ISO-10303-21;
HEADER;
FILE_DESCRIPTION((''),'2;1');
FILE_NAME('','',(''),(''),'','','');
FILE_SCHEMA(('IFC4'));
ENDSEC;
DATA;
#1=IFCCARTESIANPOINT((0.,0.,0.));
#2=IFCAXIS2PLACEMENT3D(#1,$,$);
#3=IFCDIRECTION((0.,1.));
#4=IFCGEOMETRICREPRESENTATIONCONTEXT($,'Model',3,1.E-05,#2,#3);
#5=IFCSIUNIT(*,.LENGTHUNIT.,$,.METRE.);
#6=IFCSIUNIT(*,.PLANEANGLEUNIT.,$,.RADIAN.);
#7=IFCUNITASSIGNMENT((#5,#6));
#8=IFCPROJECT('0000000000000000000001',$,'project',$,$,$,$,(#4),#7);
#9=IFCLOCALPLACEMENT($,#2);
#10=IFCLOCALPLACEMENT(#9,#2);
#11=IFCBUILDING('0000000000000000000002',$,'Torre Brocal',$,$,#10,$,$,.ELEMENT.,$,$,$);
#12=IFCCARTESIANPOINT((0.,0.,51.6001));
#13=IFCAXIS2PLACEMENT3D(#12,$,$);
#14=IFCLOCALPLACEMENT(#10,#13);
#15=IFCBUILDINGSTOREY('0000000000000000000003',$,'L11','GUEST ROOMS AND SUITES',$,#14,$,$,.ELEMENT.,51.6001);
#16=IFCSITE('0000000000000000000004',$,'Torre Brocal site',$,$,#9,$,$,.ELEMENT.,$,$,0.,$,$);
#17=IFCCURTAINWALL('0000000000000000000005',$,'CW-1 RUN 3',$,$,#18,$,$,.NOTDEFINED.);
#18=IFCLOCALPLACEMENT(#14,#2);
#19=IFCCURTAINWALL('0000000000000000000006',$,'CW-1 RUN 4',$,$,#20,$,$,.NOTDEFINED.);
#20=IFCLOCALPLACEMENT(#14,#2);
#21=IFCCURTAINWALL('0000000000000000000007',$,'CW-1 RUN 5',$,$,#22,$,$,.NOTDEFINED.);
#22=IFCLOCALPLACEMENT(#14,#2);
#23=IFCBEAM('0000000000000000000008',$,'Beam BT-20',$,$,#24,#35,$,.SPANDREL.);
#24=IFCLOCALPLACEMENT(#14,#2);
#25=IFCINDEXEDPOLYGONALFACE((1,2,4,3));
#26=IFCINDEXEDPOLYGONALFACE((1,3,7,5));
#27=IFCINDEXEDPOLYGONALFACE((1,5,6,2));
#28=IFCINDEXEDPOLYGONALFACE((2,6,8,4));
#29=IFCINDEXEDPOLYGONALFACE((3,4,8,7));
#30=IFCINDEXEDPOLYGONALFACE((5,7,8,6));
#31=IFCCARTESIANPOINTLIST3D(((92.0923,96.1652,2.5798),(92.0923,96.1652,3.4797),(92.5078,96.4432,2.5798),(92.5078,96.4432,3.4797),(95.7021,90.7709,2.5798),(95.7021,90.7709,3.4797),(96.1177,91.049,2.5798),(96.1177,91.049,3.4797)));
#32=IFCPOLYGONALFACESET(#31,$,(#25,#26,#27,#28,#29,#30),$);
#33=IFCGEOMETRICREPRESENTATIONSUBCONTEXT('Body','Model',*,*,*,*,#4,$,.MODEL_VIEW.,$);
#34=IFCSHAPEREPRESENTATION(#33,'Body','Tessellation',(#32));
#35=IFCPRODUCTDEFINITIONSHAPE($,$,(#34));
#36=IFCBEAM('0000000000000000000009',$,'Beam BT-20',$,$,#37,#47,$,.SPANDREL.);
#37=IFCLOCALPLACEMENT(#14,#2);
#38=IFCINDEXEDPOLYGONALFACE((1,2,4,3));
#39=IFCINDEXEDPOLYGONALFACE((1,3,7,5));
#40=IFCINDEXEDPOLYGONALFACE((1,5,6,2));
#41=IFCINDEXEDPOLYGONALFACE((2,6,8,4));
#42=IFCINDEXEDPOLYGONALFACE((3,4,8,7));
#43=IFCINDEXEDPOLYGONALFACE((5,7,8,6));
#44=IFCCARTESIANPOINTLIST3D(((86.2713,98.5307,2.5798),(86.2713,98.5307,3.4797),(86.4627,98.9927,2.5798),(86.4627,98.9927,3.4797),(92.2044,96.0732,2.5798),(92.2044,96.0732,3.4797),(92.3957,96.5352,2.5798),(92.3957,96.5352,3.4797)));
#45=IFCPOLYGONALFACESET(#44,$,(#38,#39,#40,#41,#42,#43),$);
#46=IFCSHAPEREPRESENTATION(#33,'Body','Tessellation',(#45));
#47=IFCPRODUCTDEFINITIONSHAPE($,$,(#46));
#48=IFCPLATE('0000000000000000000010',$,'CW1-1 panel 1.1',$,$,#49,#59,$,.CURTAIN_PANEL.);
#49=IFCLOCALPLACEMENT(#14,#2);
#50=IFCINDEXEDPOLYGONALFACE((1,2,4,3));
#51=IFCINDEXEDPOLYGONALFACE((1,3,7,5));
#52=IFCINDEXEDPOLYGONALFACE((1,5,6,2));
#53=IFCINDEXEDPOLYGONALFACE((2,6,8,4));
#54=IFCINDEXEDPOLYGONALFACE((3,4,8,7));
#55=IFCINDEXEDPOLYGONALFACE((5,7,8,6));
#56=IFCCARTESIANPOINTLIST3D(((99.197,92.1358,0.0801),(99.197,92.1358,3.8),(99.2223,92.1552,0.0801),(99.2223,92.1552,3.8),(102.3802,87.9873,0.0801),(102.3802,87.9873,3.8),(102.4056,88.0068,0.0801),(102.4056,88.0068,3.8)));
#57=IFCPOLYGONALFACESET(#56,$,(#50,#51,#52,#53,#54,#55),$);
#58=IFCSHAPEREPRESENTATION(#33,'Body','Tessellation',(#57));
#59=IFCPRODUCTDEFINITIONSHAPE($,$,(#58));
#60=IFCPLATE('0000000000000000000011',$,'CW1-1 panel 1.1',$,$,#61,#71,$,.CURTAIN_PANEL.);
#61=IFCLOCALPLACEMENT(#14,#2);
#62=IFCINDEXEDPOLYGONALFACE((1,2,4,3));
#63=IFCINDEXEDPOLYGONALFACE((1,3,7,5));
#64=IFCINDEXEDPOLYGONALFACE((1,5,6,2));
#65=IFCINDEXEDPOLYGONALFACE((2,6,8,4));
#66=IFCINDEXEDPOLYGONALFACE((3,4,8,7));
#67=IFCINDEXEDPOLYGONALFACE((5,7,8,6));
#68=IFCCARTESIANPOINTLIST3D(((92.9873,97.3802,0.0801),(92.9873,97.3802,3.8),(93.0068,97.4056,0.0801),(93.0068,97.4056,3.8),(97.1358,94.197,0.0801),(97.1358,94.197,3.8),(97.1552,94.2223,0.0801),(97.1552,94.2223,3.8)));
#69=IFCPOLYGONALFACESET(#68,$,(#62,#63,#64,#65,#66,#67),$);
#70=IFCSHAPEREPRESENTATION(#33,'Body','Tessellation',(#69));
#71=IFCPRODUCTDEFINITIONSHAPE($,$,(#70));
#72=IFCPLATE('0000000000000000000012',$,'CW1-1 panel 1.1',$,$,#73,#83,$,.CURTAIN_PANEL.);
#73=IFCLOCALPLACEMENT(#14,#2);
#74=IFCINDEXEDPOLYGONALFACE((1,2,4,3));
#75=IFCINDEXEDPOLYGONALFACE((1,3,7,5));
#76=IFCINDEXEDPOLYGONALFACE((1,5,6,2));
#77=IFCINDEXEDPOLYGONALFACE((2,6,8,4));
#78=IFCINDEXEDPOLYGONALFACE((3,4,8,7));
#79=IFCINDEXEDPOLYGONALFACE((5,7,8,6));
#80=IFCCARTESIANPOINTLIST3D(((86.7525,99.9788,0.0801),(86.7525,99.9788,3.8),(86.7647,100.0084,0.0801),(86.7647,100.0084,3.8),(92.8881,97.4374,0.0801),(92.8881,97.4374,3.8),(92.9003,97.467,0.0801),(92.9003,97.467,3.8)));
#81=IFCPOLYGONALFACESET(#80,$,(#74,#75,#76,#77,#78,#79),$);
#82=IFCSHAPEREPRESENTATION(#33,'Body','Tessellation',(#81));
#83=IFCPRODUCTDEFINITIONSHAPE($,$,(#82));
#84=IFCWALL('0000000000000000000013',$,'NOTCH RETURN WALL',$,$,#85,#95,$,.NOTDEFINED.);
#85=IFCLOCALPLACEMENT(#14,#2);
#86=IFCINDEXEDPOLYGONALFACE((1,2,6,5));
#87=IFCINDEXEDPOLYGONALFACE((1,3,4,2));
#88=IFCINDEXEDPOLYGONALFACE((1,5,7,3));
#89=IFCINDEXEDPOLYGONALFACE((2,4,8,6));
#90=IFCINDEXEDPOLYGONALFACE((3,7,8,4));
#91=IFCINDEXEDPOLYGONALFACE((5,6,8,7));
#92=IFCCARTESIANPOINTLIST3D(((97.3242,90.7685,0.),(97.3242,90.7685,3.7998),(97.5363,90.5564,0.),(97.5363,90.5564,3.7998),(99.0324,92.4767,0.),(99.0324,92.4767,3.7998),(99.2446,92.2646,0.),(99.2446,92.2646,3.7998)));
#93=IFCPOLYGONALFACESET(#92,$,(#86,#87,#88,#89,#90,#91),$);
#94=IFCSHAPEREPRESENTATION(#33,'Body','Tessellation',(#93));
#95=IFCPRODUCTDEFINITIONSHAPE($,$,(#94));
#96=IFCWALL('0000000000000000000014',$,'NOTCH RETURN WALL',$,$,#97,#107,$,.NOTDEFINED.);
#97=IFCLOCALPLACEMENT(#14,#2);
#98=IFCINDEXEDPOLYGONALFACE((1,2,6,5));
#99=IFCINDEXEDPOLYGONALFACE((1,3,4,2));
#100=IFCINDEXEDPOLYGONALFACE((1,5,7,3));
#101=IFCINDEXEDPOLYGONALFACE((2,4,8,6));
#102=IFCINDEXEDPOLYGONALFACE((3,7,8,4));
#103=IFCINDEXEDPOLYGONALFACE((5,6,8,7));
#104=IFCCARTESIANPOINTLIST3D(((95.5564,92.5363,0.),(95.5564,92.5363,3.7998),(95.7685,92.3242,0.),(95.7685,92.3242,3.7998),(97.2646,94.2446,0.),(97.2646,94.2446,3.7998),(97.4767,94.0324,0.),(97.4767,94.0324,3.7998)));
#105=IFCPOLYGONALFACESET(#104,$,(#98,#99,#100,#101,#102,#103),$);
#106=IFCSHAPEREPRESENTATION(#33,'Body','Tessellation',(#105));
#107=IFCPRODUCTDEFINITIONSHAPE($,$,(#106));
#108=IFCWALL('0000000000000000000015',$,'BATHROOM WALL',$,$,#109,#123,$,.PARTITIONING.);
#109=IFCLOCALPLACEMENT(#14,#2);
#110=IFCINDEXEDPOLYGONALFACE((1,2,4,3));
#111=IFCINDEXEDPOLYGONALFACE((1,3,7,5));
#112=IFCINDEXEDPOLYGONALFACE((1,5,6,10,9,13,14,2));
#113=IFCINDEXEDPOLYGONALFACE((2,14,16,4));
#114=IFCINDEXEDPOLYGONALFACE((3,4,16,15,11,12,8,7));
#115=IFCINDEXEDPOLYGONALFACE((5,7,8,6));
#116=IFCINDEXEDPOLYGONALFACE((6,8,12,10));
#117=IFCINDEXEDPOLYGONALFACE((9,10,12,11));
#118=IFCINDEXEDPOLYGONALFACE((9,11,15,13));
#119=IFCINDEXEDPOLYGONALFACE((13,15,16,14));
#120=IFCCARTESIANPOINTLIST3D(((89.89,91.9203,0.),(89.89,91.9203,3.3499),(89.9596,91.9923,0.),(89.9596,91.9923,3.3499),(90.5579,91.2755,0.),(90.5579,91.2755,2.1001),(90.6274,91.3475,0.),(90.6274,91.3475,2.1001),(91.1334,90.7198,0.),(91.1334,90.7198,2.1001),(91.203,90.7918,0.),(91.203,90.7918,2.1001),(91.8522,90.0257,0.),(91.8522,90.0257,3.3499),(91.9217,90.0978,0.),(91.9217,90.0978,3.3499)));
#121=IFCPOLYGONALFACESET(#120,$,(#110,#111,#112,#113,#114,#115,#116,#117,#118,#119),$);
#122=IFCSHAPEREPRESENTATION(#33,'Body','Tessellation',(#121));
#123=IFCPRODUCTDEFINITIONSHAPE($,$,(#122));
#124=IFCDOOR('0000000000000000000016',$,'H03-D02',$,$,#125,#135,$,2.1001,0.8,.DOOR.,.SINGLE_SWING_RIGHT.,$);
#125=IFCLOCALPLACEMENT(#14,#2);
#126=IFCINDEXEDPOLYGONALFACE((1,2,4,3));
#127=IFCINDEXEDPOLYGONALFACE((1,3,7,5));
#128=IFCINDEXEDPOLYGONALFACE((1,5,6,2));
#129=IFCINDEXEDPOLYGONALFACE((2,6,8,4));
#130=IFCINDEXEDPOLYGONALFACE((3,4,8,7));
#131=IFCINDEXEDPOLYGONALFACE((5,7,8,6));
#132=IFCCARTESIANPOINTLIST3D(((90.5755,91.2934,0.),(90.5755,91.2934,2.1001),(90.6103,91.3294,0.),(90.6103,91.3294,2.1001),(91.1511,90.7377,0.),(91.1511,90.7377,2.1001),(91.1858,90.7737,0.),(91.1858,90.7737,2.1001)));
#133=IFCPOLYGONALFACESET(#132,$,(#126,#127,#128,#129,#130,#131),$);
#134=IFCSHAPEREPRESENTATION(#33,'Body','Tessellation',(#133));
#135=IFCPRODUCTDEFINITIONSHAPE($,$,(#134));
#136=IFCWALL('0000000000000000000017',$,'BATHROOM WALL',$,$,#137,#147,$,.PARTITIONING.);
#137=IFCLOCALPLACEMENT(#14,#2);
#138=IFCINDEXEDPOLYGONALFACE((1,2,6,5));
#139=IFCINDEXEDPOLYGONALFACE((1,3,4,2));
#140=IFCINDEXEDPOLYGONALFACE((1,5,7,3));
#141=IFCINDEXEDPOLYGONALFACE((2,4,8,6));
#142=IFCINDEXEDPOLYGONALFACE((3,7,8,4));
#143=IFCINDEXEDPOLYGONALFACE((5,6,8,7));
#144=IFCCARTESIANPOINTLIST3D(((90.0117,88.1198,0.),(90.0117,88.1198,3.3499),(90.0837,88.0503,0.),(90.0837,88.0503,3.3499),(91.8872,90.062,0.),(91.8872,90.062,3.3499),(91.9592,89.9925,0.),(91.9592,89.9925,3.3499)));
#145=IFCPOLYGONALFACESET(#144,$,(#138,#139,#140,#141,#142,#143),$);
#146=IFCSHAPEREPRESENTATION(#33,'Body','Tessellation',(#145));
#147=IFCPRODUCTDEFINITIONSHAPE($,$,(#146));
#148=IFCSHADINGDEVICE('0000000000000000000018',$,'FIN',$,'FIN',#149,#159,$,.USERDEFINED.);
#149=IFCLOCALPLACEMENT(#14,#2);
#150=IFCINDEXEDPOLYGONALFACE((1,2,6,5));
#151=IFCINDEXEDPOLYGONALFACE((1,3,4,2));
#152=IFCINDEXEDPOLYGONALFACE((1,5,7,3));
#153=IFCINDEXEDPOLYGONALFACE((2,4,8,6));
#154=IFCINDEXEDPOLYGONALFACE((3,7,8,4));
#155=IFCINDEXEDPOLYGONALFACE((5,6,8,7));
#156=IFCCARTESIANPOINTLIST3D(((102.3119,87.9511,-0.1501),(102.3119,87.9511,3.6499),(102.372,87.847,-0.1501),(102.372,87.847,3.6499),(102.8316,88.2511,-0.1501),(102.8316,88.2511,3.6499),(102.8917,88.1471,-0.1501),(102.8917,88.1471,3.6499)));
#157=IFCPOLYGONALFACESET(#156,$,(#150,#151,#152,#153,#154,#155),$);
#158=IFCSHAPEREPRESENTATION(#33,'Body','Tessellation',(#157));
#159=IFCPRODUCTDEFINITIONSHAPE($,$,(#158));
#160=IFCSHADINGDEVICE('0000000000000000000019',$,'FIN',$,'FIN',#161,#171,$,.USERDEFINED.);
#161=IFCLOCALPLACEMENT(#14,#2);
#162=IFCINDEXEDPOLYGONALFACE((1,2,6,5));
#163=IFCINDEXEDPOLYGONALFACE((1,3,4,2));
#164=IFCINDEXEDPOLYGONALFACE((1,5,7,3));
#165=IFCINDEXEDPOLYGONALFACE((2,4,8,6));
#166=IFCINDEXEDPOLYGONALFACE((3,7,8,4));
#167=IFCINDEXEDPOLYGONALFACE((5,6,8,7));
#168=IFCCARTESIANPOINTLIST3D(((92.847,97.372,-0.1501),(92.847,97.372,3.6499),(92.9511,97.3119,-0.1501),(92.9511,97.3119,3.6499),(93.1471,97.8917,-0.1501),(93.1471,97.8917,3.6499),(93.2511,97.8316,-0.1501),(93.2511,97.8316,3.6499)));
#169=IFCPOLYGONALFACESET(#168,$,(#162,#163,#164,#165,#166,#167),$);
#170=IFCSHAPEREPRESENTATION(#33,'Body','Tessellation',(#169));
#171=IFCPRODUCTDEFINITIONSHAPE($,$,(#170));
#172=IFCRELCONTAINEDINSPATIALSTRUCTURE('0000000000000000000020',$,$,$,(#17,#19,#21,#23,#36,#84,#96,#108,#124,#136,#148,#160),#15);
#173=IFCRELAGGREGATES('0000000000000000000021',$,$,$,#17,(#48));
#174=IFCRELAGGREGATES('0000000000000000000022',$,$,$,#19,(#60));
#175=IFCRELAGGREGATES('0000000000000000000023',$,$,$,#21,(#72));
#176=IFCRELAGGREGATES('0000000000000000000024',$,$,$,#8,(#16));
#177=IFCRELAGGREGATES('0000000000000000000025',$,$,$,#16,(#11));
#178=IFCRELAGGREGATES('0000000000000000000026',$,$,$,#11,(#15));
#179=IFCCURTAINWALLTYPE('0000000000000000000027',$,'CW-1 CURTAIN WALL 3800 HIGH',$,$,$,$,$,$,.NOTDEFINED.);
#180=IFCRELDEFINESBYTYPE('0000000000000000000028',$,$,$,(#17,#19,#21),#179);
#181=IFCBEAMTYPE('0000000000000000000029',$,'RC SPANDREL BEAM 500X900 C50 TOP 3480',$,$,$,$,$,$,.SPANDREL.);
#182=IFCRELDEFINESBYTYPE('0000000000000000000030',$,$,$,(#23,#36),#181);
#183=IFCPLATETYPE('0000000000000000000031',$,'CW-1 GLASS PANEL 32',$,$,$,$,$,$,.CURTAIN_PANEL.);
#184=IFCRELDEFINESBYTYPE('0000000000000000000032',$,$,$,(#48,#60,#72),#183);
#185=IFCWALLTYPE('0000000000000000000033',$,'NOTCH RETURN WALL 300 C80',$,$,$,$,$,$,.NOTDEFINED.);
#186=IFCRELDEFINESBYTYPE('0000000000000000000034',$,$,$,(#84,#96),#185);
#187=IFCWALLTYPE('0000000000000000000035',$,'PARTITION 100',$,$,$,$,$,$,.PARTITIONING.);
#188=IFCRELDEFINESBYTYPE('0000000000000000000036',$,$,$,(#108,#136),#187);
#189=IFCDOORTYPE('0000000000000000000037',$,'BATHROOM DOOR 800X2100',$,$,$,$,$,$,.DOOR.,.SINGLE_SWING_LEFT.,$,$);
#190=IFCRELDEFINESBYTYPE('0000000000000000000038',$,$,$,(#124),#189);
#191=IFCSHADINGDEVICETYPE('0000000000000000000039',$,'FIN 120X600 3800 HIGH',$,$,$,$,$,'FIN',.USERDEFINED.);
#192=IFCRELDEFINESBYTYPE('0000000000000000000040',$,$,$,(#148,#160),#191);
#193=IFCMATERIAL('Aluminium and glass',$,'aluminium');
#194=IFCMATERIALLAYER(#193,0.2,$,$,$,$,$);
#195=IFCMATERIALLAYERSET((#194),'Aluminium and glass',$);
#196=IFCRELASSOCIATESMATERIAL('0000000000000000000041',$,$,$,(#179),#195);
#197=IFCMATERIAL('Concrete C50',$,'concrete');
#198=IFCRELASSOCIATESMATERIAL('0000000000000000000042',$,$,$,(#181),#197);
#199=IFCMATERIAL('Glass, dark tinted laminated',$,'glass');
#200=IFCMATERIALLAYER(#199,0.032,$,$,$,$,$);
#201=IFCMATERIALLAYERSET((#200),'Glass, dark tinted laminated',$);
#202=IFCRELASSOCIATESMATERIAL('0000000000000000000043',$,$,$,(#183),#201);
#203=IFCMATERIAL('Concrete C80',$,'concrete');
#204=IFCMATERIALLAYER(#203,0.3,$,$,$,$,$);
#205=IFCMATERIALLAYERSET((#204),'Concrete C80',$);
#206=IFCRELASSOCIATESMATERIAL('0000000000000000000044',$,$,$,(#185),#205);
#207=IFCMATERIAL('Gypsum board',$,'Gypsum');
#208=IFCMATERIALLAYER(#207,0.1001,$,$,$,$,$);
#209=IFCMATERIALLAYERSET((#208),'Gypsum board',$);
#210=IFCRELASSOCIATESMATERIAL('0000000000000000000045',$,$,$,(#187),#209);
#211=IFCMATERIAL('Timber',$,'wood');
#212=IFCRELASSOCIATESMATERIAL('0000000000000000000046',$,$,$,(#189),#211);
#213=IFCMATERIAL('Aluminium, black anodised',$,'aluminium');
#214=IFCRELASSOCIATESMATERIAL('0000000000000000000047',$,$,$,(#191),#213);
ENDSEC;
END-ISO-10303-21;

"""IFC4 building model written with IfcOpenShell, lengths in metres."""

from ifc_helpers import new_model, si_unit, direction, frame, frame_2d, origin, origin_2d, place, context, subcontext, project, spatial, rectangle, extrude, material, layer, layer_set, material_profile, profile_set, type_object, element, fill, aggregate, save


model = new_model("IFC4")

# Units and contexts
model_context = context("Model", 3, precision=1e-05, world=origin(), true_north=direction((0.0, 1.0)))
body_context = subcontext(model_context, "Body", "Model", "MODEL_VIEW")
ifc_project = project(units=[si_unit("LENGTHUNIT", "METRE"), si_unit("PLANEANGLEUNIT", "RADIAN")], contexts=[model_context])

# Site, building, storey
site_placement = place(None, origin())
site = spatial("IfcSite", under=ifc_project, at=site_placement, Name="Torre Brocal site", CompositionType="ELEMENT", RefElevation=0.0)
building_placement = place(site_placement, origin())
building = spatial("IfcBuilding", under=site, at=building_placement, Name="Torre Brocal", CompositionType="ELEMENT")
storey_placement = place(building_placement, frame((0.0, 0.0, 51.6001)))
storey = spatial("IfcBuildingStorey", under=building, at=storey_placement, Name="L11", Description="GUEST ROOMS AND SUITES", CompositionType="ELEMENT", Elevation=51.6001)

# Shared definitions
ifc_material_1 = material(Name="Aluminium and glass", Category="aluminium")
ifc_layer_1 = layer(ifc_material_1, 0.2)
ifc_layer_set_1 = layer_set([ifc_layer_1], Name="Aluminium and glass")
curtain_wall_type = type_object("IfcCurtainWallType", Name="CW-1 CURTAIN WALL 3800 HIGH", PredefinedType="NOTDEFINED", material=ifc_layer_set_1)

# Curtain walls
curtain_wall_1_placement = place(storey_placement, origin())
curtain_wall_1 = element("IfcCurtainWall", 1, at=curtain_wall_1_placement, inside=storey, type_object=curtain_wall_type, Name="CW-1 RUN 3", PredefinedType="NOTDEFINED")
curtain_wall_2_placement = place(storey_placement, origin())
curtain_wall_2 = element("IfcCurtainWall", 2, at=curtain_wall_2_placement, inside=storey, type_object=curtain_wall_type, Name="CW-1 RUN 4", PredefinedType="NOTDEFINED")

# Curtain wall
curtain_wall_3_placement = place(storey_placement, origin())
curtain_wall_3 = element("IfcCurtainWall", 3, at=curtain_wall_3_placement, inside=storey, type_object=curtain_wall_type, Name="CW-1 RUN 5", PredefinedType="NOTDEFINED")

# Beams
ifc_material_2 = material(Name="Concrete C50", Category="concrete")
ifc_material_profile_1 = material_profile(ifc_material_2, rectangle(XDim=0.5, YDim=0.8999, at=origin_2d()), Name="RC 500X900")
ifc_profile_set_1 = profile_set([ifc_material_profile_1], Name="Concrete C50")
beam_type_1 = type_object("IfcBeamType", Name="RC SPANDREL BEAM 500X900 C50 TOP 3480", PredefinedType="SPANDREL", material=ifc_profile_set_1)
beam_1_placement = place(storey_placement, frame((95.9099, 90.9099, 3.0298), z_axis=(-0.556158, 0.831077, 0.0), x_axis=(-0.831077, -0.556158, 0.0)))
element("IfcBeam", 4, at=beam_1_placement, inside=storey, type_object=beam_type_1, Name="Beam BT-20", PredefinedType="SPANDREL", context=body_context, shape_type="SweptSolid", body=[
    extrude(rectangle(XDim=0.5, YDim=0.8999, at=origin_2d()), origin(), (0.0, 0.0, 1.0), 6.4907),
])
beam_2_placement = place(storey_placement, frame((92.3, 96.3042, 3.0298), z_axis=(-0.923882, 0.382676, 0.0), x_axis=(-0.382676, -0.923882, 0.0)))
element("IfcBeam", 5, at=beam_2_placement, inside=storey, type_object=beam_type_1, Name="Beam BT-20", PredefinedType="SPANDREL", context=body_context, shape_type="SweptSolid", body=[
    extrude(rectangle(XDim=0.5, YDim=0.8999, at=origin_2d()), origin(), (0.0, 0.0, 1.0), 6.4219),
])

# Plates
ifc_material_3 = material(Name="Glass, dark tinted laminated", Category="glass")
ifc_layer_2 = layer(ifc_material_3, 0.032)
ifc_layer_set_2 = layer_set([ifc_layer_2], Name="Glass, dark tinted laminated")
plate_type = type_object("IfcPlateType", Name="CW-1 GLASS PANEL 32", PredefinedType="CURTAIN_PANEL", material=ifc_layer_set_2)
plate_1_placement = place(storey_placement, frame((100.8013, 90.0713, 0.0801), z_axis=(0.0, 0.0, 1.0), x_axis=(-0.608761, 0.793353, 0.0)))
plate_1 = element("IfcPlate", 6, at=plate_1_placement, type_object=plate_type, Name="CW1-1 panel 1.1", PredefinedType="CURTAIN_PANEL", context=body_context, shape_type="SweptSolid", body=[
    extrude(rectangle(XDim=5.229, YDim=0.032, at=origin_2d()), origin(), (0.0, 0.0, 1.0), 3.72),
])
aggregate(curtain_wall_1, [plate_1])
plate_2_placement = place(storey_placement, frame((95.0713, 95.8013, 0.0801), z_axis=(0.0, 0.0, 1.0), x_axis=(-0.793353, 0.608761, 0.0)))
plate_2 = element("IfcPlate", 7, at=plate_2_placement, type_object=plate_type, Name="CW1-1 panel 1.1", PredefinedType="CURTAIN_PANEL", context=body_context, shape_type="SweptSolid", body=[
    extrude(rectangle(XDim=5.229, YDim=0.032, at=origin_2d()), origin(), (0.0, 0.0, 1.0), 3.72),
])
aggregate(curtain_wall_2, [plate_2])
plate_3_placement = place(storey_placement, frame((89.8264, 98.7229, 0.0801), z_axis=(0.0, 0.0, 1.0), x_axis=(-0.92388, 0.382683, 0.0)))
plate_3 = element("IfcPlate", 8, at=plate_3_placement, type_object=plate_type, Name="CW1-1 panel 1.1", PredefinedType="CURTAIN_PANEL", context=body_context, shape_type="SweptSolid", body=[
    extrude(rectangle(XDim=6.6411, YDim=0.032, at=origin_2d()), origin(), (0.0, 0.0, 1.0), 3.72),
])
aggregate(curtain_wall_3, [plate_3])

# Walls
ifc_material_4 = material(Name="Concrete C80", Category="concrete")
ifc_layer_3 = layer(ifc_material_4, 0.3)
ifc_layer_set_3 = layer_set([ifc_layer_3], Name="Concrete C80")
wall_type_1 = type_object("IfcWallType", Name="NOTCH RETURN WALL 300 C80", PredefinedType="NOTDEFINED", material=ifc_layer_set_3)
for number, where, z_axis, x_axis, name in (
    (9, (97.4302, 90.6624, 0.0), (0.0, 0.0, 1.0), (0.707107, 0.707107, 0.0), "NOTCH RETURN WALL"),
    (10, (95.6624, 92.4302, 0.0), (0.0, 0.0, 1.0), (0.707107, 0.707107, 0.0), "NOTCH RETURN WALL"),
):
    element("IfcWall", number, at=place(storey_placement, frame(where, z_axis=z_axis, x_axis=x_axis)), inside=storey, type_object=wall_type_1, Name=name, PredefinedType="NOTDEFINED", context=body_context, shape_type="SweptSolid", body=[
        extrude(rectangle(XDim=2.4158, YDim=0.3, at=frame_2d((1.208, 0.0))), origin(), (0.0, 0.0, 1.0), 3.7998),
    ])

# Wall, opening, door
ifc_material_5 = material(Name="Gypsum board", Category="Gypsum")
ifc_layer_4 = layer(ifc_material_5, 0.1001)
ifc_layer_set_4 = layer_set([ifc_layer_4], Name="Gypsum board")
wall_type_2 = type_object("IfcWallType", Name="PARTITION 100", PredefinedType="PARTITIONING", material=ifc_layer_set_4)
wall_1_placement = place(storey_placement, frame((89.9248, 91.9563, 0.0), z_axis=(0.0, 0.0, 1.0), x_axis=(0.719395, -0.694601, 0.0)))
wall_1 = element("IfcWall", 11, at=wall_1_placement, inside=storey, type_object=wall_type_2, Name="BATHROOM WALL", PredefinedType="PARTITIONING", context=body_context, shape_type="SweptSolid", body=[
    extrude(rectangle(XDim=2.7275, YDim=0.1001, at=frame_2d((1.3638, 0.0))), origin(), (0.0, 0.0, 1.0), 3.3499),
])
opening_placement = place(wall_1_placement, frame((0.9285, 0.0, 0.0)))
opening = element("IfcOpeningElement", 12, at=opening_placement, cuts=wall_1, PredefinedType="OPENING", context=body_context, shape_type="SweptSolid", body=[
    extrude(rectangle(XDim=0.8, YDim=2.1001, at=frame_2d((0.3999, 1.05))), frame((0.0, 0.0601, 0.0), z_axis=(0.0, -1.0, 0.0), x_axis=(1.0, 0.0, 0.0)), (0.0, 0.0, 1.0), 0.1201),
])
ifc_material_6 = material(Name="Timber", Category="wood")
door_type = type_object("IfcDoorType", Name="BATHROOM DOOR 800X2100", OperationType="SINGLE_SWING_LEFT", PredefinedType="DOOR", material=ifc_material_6)
door_placement = place(opening_placement, frame((0.8, 0.0, 0.0), z_axis=(0.0, 0.0, 1.0), x_axis=(-1.0, 0.0, 0.0)))
door = element("IfcDoor", 13, at=door_placement, inside=storey, type_object=door_type, Name="H03-D02", OperationType="SINGLE_SWING_RIGHT", OverallHeight=2.1001, OverallWidth=0.8, PredefinedType="DOOR", context=body_context, shape_type="SweptSolid", body=[
    extrude(rectangle(XDim=0.8, YDim=2.1001, at=frame_2d((0.3999, 1.05))), frame((0.0, 0.0249, 0.0), z_axis=(0.0, -1.0, 0.0), x_axis=(1.0, 0.0, 0.0)), (0.0, 0.0, 1.0), 0.05),
])
fill(opening, door)

# Wall
wall_2_placement = place(storey_placement, frame((90.0476, 88.085, 0.0), z_axis=(0.0, 0.0, 1.0), x_axis=(0.694656, 0.719342, 0.0)))
element("IfcWall", 14, at=wall_2_placement, inside=storey, type_object=wall_type_2, Name="BATHROOM WALL", PredefinedType="PARTITIONING", context=body_context, shape_type="SweptSolid", body=[
    extrude(rectangle(XDim=2.7, YDim=0.1001, at=frame_2d((1.3501, 0.0))), origin(), (0.0, 0.0, 1.0), 3.3499),
])

# Shading devices
ifc_material_7 = material(Name="Aluminium, black anodised", Category="aluminium")
ifc_material_profile_2 = material_profile(ifc_material_7, rectangle(XDim=0.1201, YDim=0.6001, at=origin_2d()), Name="FIN 120X600 3800 HIGH")
ifc_profile_set_2 = profile_set([ifc_material_profile_2], Name="Aluminium, black anodised")
shading_device_type = type_object("IfcShadingDeviceType", Name="FIN 120X600 3800 HIGH", ElementType="FIN", PredefinedType="USERDEFINED", material=ifc_profile_set_2)
for number, where, z_axis, x_axis, name in (
    (15, (102.6018, 88.0491, -0.1501), (0.0, 0.0, 1.0), (-0.5, 0.866025, 0.0), "FIN"),
    (16, (93.0491, 97.6018, -0.1501), (0.0, 0.0, 1.0), (-0.866025, 0.5, 0.0), "FIN"),
):
    element("IfcShadingDevice", number, at=place(storey_placement, frame(where, z_axis=z_axis, x_axis=x_axis)), inside=storey, type_object=shading_device_type, Name=name, ObjectType="FIN", PredefinedType="USERDEFINED", context=body_context, shape_type="SweptSolid", body=[
        extrude(rectangle(XDim=0.1201, YDim=0.6001, at=origin_2d()), origin(), (0.0, 0.0, 1.0), 3.8),
    ])

save(model, "model.ifc")
